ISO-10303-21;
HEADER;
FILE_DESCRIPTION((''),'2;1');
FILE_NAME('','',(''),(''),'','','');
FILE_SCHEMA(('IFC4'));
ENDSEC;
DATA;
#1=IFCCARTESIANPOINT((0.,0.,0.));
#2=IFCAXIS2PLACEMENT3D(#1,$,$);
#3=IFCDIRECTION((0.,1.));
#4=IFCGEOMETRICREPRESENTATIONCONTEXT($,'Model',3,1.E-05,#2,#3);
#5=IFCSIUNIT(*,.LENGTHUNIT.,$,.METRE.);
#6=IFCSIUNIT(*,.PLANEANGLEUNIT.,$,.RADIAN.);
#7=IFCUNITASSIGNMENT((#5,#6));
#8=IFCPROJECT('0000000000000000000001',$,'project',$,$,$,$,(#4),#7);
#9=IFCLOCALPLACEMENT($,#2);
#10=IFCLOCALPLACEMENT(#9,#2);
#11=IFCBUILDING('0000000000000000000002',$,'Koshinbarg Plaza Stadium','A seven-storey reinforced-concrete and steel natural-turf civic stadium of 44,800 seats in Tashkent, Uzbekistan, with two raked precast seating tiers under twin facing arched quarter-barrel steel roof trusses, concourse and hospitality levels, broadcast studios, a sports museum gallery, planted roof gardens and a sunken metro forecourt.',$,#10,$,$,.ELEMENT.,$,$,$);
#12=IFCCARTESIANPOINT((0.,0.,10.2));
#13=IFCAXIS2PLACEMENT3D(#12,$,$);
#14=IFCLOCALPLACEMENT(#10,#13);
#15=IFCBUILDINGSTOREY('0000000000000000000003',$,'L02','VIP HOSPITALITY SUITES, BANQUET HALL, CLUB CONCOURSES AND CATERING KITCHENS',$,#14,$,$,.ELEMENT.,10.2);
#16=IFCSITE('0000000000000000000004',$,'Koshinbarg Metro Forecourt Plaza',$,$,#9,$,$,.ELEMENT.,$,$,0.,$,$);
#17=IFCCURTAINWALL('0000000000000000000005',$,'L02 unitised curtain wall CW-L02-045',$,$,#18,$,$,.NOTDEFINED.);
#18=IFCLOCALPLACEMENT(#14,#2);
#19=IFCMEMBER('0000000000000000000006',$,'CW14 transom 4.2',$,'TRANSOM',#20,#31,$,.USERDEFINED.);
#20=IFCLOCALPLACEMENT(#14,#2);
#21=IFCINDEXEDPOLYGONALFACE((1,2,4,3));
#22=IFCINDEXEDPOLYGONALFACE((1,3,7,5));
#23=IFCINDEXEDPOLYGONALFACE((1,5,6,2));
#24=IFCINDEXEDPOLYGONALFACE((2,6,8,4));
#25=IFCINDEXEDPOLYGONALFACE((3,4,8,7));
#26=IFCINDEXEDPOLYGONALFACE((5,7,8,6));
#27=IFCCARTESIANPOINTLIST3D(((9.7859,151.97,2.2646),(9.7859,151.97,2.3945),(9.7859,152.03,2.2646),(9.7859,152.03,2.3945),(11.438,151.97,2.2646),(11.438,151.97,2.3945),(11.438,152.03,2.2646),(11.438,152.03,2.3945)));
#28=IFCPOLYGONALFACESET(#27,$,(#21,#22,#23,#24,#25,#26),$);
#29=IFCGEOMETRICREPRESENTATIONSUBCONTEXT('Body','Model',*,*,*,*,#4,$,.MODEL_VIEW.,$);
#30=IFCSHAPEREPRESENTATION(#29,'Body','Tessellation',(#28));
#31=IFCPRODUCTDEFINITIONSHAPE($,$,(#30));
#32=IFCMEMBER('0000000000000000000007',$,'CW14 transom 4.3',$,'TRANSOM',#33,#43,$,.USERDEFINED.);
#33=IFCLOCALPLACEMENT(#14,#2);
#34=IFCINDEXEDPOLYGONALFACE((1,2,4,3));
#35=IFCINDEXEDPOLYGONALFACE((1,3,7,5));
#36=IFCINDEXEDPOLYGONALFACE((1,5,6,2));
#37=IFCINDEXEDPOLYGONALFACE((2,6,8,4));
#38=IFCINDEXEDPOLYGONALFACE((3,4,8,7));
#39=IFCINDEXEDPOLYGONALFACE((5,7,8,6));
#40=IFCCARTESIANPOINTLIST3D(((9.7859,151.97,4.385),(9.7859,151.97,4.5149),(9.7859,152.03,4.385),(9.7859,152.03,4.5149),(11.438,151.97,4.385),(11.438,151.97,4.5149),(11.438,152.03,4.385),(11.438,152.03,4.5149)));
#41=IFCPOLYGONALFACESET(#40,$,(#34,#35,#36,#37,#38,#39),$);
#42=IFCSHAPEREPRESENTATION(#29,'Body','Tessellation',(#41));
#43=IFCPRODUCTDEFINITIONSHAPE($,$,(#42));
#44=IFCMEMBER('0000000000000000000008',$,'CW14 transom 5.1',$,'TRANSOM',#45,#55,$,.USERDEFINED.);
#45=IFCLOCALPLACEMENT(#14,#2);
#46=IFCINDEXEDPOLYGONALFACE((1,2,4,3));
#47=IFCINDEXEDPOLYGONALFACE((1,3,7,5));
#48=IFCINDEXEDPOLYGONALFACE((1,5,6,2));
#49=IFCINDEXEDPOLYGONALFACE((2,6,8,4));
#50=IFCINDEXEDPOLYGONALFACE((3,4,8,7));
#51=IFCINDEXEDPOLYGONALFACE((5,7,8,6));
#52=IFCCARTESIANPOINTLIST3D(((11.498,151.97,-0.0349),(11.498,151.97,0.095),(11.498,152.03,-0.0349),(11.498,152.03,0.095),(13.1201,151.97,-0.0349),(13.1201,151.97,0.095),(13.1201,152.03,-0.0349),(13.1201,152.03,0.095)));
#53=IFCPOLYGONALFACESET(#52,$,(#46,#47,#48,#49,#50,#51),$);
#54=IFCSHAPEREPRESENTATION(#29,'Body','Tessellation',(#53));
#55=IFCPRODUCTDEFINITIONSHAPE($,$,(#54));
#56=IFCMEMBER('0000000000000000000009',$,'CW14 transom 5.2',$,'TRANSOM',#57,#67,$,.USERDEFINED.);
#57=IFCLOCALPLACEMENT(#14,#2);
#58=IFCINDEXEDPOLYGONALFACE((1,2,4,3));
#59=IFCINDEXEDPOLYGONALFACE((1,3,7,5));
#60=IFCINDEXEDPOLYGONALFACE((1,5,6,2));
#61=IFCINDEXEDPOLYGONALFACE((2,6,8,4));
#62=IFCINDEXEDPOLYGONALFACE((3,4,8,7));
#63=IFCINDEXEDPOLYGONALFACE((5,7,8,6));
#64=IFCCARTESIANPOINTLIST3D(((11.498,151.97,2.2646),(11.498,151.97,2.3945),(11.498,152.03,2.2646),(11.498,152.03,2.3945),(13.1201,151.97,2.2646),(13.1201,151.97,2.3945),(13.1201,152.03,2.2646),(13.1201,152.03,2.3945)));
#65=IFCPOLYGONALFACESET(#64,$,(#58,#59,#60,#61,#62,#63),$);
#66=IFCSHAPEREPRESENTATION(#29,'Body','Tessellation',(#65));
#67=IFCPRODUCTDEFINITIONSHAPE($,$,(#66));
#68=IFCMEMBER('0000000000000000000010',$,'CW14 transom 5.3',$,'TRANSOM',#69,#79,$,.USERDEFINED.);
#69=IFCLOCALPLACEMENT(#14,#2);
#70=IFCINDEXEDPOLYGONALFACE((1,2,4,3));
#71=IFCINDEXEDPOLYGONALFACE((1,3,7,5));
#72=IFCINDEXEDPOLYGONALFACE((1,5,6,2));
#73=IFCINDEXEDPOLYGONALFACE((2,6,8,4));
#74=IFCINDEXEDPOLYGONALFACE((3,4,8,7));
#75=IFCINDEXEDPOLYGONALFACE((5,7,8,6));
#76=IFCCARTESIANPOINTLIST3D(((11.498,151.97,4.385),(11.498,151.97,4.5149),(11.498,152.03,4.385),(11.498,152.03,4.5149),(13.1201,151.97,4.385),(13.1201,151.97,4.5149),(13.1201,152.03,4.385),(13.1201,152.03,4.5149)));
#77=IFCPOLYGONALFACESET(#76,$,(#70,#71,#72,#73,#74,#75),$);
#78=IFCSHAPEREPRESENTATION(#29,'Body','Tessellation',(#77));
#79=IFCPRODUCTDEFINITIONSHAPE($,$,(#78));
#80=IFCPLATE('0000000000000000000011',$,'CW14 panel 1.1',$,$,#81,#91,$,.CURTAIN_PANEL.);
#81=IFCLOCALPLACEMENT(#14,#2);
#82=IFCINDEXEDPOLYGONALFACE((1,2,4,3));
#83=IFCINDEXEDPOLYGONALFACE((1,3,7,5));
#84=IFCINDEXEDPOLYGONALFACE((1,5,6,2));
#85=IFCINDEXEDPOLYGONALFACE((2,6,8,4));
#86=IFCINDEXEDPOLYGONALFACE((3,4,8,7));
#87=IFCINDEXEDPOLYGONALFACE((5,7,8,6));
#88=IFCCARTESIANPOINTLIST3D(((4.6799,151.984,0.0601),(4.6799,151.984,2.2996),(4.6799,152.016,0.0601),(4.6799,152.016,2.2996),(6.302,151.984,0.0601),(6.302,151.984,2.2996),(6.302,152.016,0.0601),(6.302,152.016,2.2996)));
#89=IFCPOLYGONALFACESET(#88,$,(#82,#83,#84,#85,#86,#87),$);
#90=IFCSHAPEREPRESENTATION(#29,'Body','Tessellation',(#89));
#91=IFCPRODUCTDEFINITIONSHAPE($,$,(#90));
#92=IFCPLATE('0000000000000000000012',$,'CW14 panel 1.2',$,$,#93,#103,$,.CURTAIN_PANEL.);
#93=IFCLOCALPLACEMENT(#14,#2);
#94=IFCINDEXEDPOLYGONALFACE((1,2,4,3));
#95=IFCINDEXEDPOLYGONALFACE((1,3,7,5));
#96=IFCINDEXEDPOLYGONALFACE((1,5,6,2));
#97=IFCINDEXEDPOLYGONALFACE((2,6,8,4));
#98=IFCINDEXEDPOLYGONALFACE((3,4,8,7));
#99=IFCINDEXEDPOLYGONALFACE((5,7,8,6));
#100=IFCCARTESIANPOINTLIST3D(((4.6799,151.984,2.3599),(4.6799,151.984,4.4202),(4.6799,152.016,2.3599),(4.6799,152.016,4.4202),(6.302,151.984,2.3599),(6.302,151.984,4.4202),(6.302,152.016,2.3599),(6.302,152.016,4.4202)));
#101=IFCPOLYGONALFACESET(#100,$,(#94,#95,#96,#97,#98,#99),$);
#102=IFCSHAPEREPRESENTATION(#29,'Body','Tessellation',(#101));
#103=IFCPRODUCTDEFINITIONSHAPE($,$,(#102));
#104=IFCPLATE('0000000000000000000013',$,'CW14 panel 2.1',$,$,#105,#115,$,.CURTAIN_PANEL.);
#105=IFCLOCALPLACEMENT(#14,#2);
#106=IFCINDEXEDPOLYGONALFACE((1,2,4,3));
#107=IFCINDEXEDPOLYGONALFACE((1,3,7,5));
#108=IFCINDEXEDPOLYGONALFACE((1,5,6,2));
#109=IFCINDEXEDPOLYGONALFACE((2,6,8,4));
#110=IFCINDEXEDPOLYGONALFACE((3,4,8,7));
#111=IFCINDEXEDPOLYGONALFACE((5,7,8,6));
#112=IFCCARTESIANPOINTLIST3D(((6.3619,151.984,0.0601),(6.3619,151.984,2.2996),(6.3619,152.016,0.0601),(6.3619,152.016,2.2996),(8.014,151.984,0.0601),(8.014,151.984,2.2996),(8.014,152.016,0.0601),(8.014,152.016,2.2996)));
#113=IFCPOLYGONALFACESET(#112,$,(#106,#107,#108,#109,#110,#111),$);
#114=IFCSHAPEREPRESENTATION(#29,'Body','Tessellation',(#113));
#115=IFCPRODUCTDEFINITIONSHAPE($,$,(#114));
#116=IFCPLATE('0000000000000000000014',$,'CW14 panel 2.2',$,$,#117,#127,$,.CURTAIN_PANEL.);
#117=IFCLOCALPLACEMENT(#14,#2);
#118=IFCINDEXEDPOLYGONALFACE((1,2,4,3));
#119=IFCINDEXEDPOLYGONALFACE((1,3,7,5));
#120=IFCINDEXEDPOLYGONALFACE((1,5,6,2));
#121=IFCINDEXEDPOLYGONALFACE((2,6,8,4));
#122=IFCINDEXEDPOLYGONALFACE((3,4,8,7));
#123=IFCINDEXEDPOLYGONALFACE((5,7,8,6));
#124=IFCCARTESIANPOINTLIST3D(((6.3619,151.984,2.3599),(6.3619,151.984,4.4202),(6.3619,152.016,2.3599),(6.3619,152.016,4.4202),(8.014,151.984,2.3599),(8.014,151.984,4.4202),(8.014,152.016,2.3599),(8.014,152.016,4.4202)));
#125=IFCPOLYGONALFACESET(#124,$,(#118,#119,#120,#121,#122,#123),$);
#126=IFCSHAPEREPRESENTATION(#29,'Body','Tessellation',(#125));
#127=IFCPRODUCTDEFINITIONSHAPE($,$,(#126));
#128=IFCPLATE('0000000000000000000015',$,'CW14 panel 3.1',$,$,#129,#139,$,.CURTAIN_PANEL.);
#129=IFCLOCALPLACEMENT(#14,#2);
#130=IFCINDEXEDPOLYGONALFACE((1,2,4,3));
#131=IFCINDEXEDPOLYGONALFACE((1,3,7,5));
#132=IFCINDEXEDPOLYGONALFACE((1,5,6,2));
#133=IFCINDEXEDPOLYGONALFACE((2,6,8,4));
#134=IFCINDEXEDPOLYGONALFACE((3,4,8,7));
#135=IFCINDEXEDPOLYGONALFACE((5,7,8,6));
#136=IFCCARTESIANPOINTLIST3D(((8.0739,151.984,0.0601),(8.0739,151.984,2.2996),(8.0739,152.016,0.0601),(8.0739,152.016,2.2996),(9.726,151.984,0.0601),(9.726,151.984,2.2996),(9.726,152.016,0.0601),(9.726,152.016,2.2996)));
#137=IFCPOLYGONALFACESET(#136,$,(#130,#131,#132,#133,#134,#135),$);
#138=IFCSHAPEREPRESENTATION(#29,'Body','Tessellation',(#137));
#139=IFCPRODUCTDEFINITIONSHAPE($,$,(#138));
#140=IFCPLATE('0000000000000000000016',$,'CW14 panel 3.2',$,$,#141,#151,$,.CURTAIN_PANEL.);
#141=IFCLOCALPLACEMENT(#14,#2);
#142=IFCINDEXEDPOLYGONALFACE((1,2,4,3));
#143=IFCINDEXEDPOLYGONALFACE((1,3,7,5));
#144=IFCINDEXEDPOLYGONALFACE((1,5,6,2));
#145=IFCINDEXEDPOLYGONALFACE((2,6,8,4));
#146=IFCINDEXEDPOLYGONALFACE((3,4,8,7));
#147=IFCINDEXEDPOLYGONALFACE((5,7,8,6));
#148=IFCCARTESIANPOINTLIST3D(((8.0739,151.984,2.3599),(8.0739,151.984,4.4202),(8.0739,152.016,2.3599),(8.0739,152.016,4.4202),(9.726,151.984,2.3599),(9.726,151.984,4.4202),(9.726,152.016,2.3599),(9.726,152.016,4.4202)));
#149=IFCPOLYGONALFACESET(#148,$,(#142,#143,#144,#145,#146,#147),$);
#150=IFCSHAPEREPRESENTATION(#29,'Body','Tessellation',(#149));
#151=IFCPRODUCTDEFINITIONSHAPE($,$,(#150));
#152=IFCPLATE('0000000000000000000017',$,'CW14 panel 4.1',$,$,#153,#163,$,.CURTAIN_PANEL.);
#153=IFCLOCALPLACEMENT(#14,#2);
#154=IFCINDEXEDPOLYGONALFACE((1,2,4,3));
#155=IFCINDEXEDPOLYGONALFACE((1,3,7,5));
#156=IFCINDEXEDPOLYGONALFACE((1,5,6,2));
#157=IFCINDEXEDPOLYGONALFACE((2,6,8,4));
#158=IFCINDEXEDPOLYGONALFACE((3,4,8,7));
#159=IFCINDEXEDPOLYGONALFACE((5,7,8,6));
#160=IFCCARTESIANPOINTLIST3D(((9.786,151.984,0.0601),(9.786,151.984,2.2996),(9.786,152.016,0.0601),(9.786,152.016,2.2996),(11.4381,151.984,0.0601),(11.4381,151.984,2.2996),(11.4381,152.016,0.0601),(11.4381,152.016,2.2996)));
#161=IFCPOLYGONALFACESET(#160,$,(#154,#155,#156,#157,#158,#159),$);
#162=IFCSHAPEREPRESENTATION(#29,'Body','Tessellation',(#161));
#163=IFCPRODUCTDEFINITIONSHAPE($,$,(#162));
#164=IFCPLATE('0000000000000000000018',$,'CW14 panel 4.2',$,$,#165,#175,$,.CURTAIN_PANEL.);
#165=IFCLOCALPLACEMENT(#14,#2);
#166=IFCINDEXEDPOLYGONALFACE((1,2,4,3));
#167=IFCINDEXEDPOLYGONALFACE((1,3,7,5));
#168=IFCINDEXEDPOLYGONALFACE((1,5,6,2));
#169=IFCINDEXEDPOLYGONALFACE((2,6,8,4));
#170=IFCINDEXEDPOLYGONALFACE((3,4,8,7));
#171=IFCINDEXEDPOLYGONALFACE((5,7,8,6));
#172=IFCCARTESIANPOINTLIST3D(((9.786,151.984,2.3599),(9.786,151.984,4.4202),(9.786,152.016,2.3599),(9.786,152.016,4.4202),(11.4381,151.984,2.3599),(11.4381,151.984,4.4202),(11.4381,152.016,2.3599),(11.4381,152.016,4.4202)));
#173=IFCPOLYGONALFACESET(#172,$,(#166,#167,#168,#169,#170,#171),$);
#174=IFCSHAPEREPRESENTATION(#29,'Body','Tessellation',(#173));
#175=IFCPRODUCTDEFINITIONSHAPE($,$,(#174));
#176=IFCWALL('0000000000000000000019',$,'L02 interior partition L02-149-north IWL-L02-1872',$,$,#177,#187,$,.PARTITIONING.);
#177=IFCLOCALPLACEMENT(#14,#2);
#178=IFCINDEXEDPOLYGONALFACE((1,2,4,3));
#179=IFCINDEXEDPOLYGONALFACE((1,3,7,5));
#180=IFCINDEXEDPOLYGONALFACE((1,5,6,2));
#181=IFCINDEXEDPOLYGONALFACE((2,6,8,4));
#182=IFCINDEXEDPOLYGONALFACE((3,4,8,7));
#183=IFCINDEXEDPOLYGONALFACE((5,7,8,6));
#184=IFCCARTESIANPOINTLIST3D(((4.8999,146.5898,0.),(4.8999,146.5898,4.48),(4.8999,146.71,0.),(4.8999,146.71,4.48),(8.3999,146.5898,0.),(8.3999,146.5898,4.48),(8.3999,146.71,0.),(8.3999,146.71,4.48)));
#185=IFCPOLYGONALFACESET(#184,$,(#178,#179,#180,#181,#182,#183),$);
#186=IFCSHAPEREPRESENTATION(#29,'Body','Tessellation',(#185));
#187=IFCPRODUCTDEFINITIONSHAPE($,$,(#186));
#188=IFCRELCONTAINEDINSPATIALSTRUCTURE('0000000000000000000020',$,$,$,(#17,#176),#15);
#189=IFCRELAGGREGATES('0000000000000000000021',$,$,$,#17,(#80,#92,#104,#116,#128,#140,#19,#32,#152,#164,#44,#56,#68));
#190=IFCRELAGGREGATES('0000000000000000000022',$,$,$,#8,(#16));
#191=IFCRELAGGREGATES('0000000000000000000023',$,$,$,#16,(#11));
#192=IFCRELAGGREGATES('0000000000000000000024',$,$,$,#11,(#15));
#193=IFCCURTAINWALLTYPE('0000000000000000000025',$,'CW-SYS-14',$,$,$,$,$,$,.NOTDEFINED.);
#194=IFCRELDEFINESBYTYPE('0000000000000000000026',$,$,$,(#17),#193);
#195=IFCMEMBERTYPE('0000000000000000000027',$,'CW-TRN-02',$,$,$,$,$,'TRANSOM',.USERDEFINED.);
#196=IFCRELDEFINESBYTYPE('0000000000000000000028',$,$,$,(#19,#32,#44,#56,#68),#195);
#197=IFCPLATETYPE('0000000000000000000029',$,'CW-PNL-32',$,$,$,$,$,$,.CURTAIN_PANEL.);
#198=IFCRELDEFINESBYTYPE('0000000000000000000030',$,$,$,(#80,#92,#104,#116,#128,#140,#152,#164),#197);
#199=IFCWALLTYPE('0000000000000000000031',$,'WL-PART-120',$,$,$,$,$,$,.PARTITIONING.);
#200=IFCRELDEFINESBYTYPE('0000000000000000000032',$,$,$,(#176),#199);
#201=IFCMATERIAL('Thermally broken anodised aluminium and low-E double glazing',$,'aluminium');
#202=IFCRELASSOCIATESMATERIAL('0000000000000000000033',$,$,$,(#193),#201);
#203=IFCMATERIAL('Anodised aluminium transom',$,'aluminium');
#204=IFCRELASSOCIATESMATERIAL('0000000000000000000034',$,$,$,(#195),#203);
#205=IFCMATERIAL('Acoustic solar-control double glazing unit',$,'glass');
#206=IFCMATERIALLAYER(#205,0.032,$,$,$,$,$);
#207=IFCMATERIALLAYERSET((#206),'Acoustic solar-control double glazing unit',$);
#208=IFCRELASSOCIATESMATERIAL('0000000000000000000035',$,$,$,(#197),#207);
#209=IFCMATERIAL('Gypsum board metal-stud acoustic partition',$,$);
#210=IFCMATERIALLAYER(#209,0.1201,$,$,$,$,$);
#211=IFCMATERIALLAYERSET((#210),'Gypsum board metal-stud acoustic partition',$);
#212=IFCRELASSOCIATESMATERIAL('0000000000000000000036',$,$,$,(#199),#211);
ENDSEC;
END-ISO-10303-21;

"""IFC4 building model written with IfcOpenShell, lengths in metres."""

from ifc_helpers import new_model, si_unit, direction, frame, frame_2d, origin, origin_2d, place, context, subcontext, project, spatial, rectangle, extrude, material, layer, layer_set, material_profile, profile_set, type_object, element, aggregate, save


model = new_model("IFC4")

# Units and contexts
model_context = context("Model", 3, precision=1e-05, world=origin(), true_north=direction((0.0, 1.0)))
body_context = subcontext(model_context, "Body", "Model", "MODEL_VIEW")
ifc_project = project(units=[si_unit("LENGTHUNIT", "METRE"), si_unit("PLANEANGLEUNIT", "RADIAN")], contexts=[model_context])

# Site, building, storey
site_placement = place(None, origin())
site = spatial("IfcSite", under=ifc_project, at=site_placement, Name="Koshinbarg Metro Forecourt Plaza", CompositionType="ELEMENT", RefElevation=0.0)
building_placement = place(site_placement, origin())
building = spatial("IfcBuilding", under=site, at=building_placement, Name="Koshinbarg Plaza Stadium", Description="A seven-storey reinforced-concrete and steel natural-turf civic stadium of 44,800 seats in Tashkent, Uzbekistan, with two raked precast seating tiers under twin facing arched quarter-barrel steel roof trusses, concourse and hospitality levels, broadcast studios, a sports museum gallery, planted roof gardens and a sunken metro forecourt.", CompositionType="ELEMENT")
storey_placement = place(building_placement, frame((0.0, 0.0, 10.2)))
storey = spatial("IfcBuildingStorey", under=building, at=storey_placement, Name="L02", Description="VIP HOSPITALITY SUITES, BANQUET HALL, CLUB CONCOURSES AND CATERING KITCHENS", CompositionType="ELEMENT", Elevation=10.2)

# Curtain wall, members, plates
ifc_material_1 = material(Name="Thermally broken anodised aluminium and low-E double glazing", Category="aluminium")
curtain_wall_type = type_object("IfcCurtainWallType", Name="CW-SYS-14", PredefinedType="NOTDEFINED", material=ifc_material_1)
curtain_wall_placement = place(storey_placement, origin())
curtain_wall = element("IfcCurtainWall", 1, at=curtain_wall_placement, inside=storey, type_object=curtain_wall_type, Name="L02 unitised curtain wall CW-L02-045", PredefinedType="NOTDEFINED")
ifc_material_2 = material(Name="Anodised aluminium transom", Category="aluminium")
ifc_material_profile_1 = material_profile(ifc_material_2, rectangle(XDim=0.0601, YDim=0.1299, at=origin_2d()), Name="ALU 60x130")
ifc_profile_set_1 = profile_set([ifc_material_profile_1], Name="Anodised aluminium transom")
member_type_1 = type_object("IfcMemberType", Name="CW-TRN-02", ElementType="TRANSOM", PredefinedType="USERDEFINED", material=ifc_profile_set_1)
member_1_placement = place(storey_placement, frame((9.7859, 152.0, 2.3296), z_axis=(1.0, 0.0, 0.0), x_axis=(0.0, 1.0, 0.0)))
member_1 = element("IfcMember", 2, at=member_1_placement, type_object=member_type_1, Name="CW14 transom 4.2", ObjectType="TRANSOM", PredefinedType="USERDEFINED", context=body_context, shape_type="SweptSolid", body=[
    extrude(rectangle(XDim=0.0601, YDim=0.1299, at=origin_2d()), origin(), (0.0, 0.0, 1.0), 1.6521),
])
member_2_placement = place(storey_placement, frame((9.7859, 152.0, 4.45), z_axis=(1.0, 0.0, 0.0), x_axis=(0.0, 1.0, 0.0)))
member_2 = element("IfcMember", 3, at=member_2_placement, type_object=member_type_1, Name="CW14 transom 4.3", ObjectType="TRANSOM", PredefinedType="USERDEFINED", context=body_context, shape_type="SweptSolid", body=[
    extrude(rectangle(XDim=0.0601, YDim=0.1299, at=origin_2d()), origin(), (0.0, 0.0, 1.0), 1.6521),
])
member_3_placement = place(storey_placement, frame((11.498, 152.0, 0.03), z_axis=(1.0, 0.0, 0.0), x_axis=(0.0, 1.0, 0.0)))
member_3 = element("IfcMember", 4, at=member_3_placement, type_object=member_type_1, Name="CW14 transom 5.1", ObjectType="TRANSOM", PredefinedType="USERDEFINED", context=body_context, shape_type="SweptSolid", body=[
    extrude(rectangle(XDim=0.0601, YDim=0.1299, at=origin_2d()), origin(), (0.0, 0.0, 1.0), 1.6221),
])
member_4_placement = place(storey_placement, frame((11.498, 152.0, 2.3296), z_axis=(1.0, 0.0, 0.0), x_axis=(0.0, 1.0, 0.0)))
member_4 = element("IfcMember", 5, at=member_4_placement, type_object=member_type_1, Name="CW14 transom 5.2", ObjectType="TRANSOM", PredefinedType="USERDEFINED", context=body_context, shape_type="SweptSolid", body=[
    extrude(rectangle(XDim=0.0601, YDim=0.1299, at=origin_2d()), origin(), (0.0, 0.0, 1.0), 1.6221),
])
member_5_placement = place(storey_placement, frame((11.498, 152.0, 4.45), z_axis=(1.0, 0.0, 0.0), x_axis=(0.0, 1.0, 0.0)))
member_5 = element("IfcMember", 6, at=member_5_placement, type_object=member_type_1, Name="CW14 transom 5.3", ObjectType="TRANSOM", PredefinedType="USERDEFINED", context=body_context, shape_type="SweptSolid", body=[
    extrude(rectangle(XDim=0.0601, YDim=0.1299, at=origin_2d()), origin(), (0.0, 0.0, 1.0), 1.6221),
])
ifc_material_3 = material(Name="Acoustic solar-control double glazing unit", Category="glass")
ifc_layer_1 = layer(ifc_material_3, 0.032)
ifc_layer_set_1 = layer_set([ifc_layer_1], Name="Acoustic solar-control double glazing unit")
plate_type = type_object("IfcPlateType", Name="CW-PNL-32", PredefinedType="CURTAIN_PANEL", material=ifc_layer_set_1)
plate_1_placement = place(storey_placement, frame((5.491, 152.0, 0.0601), z_axis=(0.0, 0.0, 1.0), x_axis=(1.0, 0.0, 0.0)))
plate_1 = element("IfcPlate", 7, at=plate_1_placement, type_object=plate_type, Name="CW14 panel 1.1", PredefinedType="CURTAIN_PANEL", context=body_context, shape_type="SweptSolid", body=[
    extrude(rectangle(XDim=1.6221, YDim=0.032, at=origin_2d()), origin(), (0.0, 0.0, 1.0), 2.2395),
])
plate_2_placement = place(storey_placement, frame((5.491, 152.0, 2.3599), z_axis=(0.0, 0.0, 1.0), x_axis=(1.0, 0.0, 0.0)))
plate_2 = element("IfcPlate", 8, at=plate_2_placement, type_object=plate_type, Name="CW14 panel 1.2", PredefinedType="CURTAIN_PANEL", context=body_context, shape_type="SweptSolid", body=[
    extrude(rectangle(XDim=1.6221, YDim=0.032, at=origin_2d()), origin(), (0.0, 0.0, 1.0), 2.0603),
])
plate_3_placement = place(storey_placement, frame((7.188, 152.0, 0.0601), z_axis=(0.0, 0.0, 1.0), x_axis=(1.0, 0.0, 0.0)))
plate_3 = element("IfcPlate", 9, at=plate_3_placement, type_object=plate_type, Name="CW14 panel 2.1", PredefinedType="CURTAIN_PANEL", context=body_context, shape_type="SweptSolid", body=[
    extrude(rectangle(XDim=1.6521, YDim=0.032, at=origin_2d()), origin(), (0.0, 0.0, 1.0), 2.2395),
])
plate_4_placement = place(storey_placement, frame((7.188, 152.0, 2.3599), z_axis=(0.0, 0.0, 1.0), x_axis=(1.0, 0.0, 0.0)))
plate_4 = element("IfcPlate", 10, at=plate_4_placement, type_object=plate_type, Name="CW14 panel 2.2", PredefinedType="CURTAIN_PANEL", context=body_context, shape_type="SweptSolid", body=[
    extrude(rectangle(XDim=1.6521, YDim=0.032, at=origin_2d()), origin(), (0.0, 0.0, 1.0), 2.0603),
])
plate_5_placement = place(storey_placement, frame((8.8999, 152.0, 0.0601), z_axis=(0.0, 0.0, 1.0), x_axis=(1.0, 0.0, 0.0)))
plate_5 = element("IfcPlate", 11, at=plate_5_placement, type_object=plate_type, Name="CW14 panel 3.1", PredefinedType="CURTAIN_PANEL", context=body_context, shape_type="SweptSolid", body=[
    extrude(rectangle(XDim=1.6521, YDim=0.032, at=origin_2d()), origin(), (0.0, 0.0, 1.0), 2.2395),
])
plate_6_placement = place(storey_placement, frame((8.8999, 152.0, 2.3599), z_axis=(0.0, 0.0, 1.0), x_axis=(1.0, 0.0, 0.0)))
plate_6 = element("IfcPlate", 12, at=plate_6_placement, type_object=plate_type, Name="CW14 panel 3.2", PredefinedType="CURTAIN_PANEL", context=body_context, shape_type="SweptSolid", body=[
    extrude(rectangle(XDim=1.6521, YDim=0.032, at=origin_2d()), origin(), (0.0, 0.0, 1.0), 2.0603),
])
plate_7_placement = place(storey_placement, frame((10.6121, 152.0, 0.0601), z_axis=(0.0, 0.0, 1.0), x_axis=(1.0, 0.0, 0.0)))
plate_7 = element("IfcPlate", 13, at=plate_7_placement, type_object=plate_type, Name="CW14 panel 4.1", PredefinedType="CURTAIN_PANEL", context=body_context, shape_type="SweptSolid", body=[
    extrude(rectangle(XDim=1.6521, YDim=0.032, at=origin_2d()), origin(), (0.0, 0.0, 1.0), 2.2395),
])
plate_8_placement = place(storey_placement, frame((10.6121, 152.0, 2.3599), z_axis=(0.0, 0.0, 1.0), x_axis=(1.0, 0.0, 0.0)))
plate_8 = element("IfcPlate", 14, at=plate_8_placement, type_object=plate_type, Name="CW14 panel 4.2", PredefinedType="CURTAIN_PANEL", context=body_context, shape_type="SweptSolid", body=[
    extrude(rectangle(XDim=1.6521, YDim=0.032, at=origin_2d()), origin(), (0.0, 0.0, 1.0), 2.0603),
])
aggregate(curtain_wall, [plate_1, plate_2, plate_3, plate_4, plate_5, plate_6, member_1, member_2, plate_7, plate_8, member_3, member_4, member_5])

# Wall
ifc_material_4 = material(Name="Gypsum board metal-stud acoustic partition")
ifc_layer_2 = layer(ifc_material_4, 0.1201)
ifc_layer_set_2 = layer_set([ifc_layer_2], Name="Gypsum board metal-stud acoustic partition")
wall_type = type_object("IfcWallType", Name="WL-PART-120", PredefinedType="PARTITIONING", material=ifc_layer_set_2)
wall_1_placement = place(storey_placement, frame((8.3999, 146.6499, 0.0), z_axis=(0.0, 0.0, 1.0), x_axis=(-1.0, 0.0, 0.0)))
element("IfcWall", 15, at=wall_1_placement, inside=storey, type_object=wall_type, Name="L02 interior partition L02-149-north IWL-L02-1872", PredefinedType="PARTITIONING", context=body_context, shape_type="SweptSolid", body=[
    extrude(rectangle(XDim=3.5, YDim=0.1201, at=frame_2d((1.75, 0.0))), origin(), (0.0, 0.0, 1.0), 4.48),
])

save(model, "model.ifc")
